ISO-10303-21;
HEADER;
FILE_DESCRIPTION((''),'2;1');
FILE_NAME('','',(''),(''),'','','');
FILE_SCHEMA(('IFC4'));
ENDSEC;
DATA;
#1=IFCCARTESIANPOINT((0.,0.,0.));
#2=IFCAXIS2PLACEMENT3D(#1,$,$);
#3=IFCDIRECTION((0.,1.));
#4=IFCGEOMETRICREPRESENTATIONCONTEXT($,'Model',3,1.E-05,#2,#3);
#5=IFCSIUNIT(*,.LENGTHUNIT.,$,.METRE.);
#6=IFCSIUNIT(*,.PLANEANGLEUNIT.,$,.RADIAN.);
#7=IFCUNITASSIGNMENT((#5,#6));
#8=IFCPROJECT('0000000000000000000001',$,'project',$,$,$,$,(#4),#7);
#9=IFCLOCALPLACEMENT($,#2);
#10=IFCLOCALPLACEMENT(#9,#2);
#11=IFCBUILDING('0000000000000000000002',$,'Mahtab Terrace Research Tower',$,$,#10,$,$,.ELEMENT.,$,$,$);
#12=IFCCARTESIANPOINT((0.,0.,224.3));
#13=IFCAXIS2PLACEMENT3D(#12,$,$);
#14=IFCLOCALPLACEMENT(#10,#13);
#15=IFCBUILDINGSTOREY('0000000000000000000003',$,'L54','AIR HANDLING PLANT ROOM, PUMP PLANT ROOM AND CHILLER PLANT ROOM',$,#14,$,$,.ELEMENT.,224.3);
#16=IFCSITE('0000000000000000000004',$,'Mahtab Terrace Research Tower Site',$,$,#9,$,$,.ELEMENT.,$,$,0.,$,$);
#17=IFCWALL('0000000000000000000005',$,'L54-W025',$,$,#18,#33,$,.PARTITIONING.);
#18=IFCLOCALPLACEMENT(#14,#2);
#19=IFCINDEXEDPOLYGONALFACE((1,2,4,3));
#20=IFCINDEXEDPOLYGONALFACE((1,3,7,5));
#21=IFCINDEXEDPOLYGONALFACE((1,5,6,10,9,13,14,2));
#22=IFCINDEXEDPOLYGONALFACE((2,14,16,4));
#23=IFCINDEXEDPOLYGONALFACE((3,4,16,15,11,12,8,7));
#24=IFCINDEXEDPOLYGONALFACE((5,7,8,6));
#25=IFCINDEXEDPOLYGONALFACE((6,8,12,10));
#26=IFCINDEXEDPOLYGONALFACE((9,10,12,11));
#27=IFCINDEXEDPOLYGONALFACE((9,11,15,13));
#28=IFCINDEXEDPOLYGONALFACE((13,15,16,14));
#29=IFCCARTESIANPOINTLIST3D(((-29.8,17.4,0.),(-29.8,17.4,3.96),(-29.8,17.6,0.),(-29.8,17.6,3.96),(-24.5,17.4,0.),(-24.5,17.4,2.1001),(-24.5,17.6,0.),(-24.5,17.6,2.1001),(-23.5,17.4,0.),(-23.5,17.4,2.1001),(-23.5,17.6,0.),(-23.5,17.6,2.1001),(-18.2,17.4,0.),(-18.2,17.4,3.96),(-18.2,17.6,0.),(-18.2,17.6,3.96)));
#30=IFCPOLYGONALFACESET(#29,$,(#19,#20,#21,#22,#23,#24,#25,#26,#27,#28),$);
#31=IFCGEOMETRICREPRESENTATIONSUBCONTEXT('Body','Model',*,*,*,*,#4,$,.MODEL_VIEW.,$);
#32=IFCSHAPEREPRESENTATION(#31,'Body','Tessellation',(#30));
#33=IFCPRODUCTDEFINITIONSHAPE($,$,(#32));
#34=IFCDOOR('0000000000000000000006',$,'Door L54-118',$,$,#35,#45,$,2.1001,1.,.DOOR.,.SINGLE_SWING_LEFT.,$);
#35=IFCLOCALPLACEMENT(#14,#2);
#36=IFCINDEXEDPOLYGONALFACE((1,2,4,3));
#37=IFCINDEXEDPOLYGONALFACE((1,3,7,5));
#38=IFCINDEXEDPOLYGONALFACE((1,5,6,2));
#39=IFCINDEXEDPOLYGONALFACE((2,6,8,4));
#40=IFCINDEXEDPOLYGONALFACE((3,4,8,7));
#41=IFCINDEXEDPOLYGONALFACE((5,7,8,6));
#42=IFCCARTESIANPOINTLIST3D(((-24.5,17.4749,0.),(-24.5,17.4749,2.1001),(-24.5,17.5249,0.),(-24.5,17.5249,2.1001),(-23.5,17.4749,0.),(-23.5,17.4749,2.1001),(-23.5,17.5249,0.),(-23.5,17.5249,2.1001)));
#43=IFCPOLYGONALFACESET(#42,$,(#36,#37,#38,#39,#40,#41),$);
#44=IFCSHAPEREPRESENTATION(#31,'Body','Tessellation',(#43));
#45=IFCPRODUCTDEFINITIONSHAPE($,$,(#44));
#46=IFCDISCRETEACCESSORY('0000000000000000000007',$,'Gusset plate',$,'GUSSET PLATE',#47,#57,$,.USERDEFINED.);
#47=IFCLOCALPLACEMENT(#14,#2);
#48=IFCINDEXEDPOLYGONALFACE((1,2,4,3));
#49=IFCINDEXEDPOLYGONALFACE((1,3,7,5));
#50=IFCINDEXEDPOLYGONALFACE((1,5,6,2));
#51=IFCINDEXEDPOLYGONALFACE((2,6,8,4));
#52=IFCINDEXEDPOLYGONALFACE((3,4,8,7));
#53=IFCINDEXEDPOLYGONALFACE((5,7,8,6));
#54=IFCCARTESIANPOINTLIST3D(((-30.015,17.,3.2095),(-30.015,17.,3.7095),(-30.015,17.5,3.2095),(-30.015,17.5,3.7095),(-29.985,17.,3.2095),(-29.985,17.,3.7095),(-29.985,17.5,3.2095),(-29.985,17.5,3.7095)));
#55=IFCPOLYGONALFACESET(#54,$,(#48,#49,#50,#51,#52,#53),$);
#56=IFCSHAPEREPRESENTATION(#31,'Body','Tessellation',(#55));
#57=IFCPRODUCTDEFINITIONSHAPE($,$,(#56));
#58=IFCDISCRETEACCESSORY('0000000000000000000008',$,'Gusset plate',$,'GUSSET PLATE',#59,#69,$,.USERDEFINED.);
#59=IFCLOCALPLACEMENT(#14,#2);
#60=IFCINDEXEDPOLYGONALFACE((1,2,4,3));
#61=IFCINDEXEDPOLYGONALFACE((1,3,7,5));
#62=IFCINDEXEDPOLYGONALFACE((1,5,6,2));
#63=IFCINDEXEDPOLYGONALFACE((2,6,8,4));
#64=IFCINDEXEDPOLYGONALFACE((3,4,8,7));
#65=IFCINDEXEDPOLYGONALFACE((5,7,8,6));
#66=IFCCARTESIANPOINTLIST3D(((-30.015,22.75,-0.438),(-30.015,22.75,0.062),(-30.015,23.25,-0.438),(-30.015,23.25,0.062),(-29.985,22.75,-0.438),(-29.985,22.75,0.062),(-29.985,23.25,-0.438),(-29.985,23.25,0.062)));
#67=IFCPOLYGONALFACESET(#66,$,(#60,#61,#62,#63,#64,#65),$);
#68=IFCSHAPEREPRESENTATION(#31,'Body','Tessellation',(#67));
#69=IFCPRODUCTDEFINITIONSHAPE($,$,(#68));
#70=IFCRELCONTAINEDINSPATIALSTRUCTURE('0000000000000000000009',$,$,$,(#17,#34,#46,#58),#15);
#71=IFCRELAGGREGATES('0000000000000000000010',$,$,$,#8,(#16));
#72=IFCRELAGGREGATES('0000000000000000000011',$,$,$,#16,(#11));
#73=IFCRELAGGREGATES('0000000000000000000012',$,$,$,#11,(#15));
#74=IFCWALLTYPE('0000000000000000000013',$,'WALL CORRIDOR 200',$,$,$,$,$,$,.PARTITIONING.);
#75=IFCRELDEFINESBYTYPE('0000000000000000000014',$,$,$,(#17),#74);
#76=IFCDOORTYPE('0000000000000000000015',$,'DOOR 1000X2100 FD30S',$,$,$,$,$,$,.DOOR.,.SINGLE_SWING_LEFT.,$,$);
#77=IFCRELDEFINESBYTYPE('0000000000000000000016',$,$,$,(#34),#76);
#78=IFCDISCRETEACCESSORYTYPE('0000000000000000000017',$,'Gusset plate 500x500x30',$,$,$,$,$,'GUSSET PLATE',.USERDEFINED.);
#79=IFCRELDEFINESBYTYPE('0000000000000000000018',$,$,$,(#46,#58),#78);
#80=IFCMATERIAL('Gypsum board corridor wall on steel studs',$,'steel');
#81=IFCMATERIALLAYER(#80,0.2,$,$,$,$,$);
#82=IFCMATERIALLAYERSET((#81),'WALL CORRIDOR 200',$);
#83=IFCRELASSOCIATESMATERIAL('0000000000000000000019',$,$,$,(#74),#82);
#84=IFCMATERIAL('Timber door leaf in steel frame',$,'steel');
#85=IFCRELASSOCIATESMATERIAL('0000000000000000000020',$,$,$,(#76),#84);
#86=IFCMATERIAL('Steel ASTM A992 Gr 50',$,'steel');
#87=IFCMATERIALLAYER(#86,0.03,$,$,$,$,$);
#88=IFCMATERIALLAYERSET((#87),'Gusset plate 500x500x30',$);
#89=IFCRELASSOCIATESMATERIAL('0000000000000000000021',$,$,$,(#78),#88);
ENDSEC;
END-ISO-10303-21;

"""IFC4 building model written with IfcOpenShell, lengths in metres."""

from ifc_helpers import new_model, si_unit, direction, frame, frame_2d, origin, origin_2d, place, context, subcontext, project, spatial, rectangle, extrude, material, layer, layer_set, type_object, element, fill, save


model = new_model("IFC4")

# Units and contexts
model_context = context("Model", 3, precision=1e-05, world=origin(), true_north=direction((0.0, 1.0)))
body_context = subcontext(model_context, "Body", "Model", "MODEL_VIEW")
ifc_project = project(units=[si_unit("LENGTHUNIT", "METRE"), si_unit("PLANEANGLEUNIT", "RADIAN")], contexts=[model_context])

# Site, building, storey
site_placement = place(None, origin())
site = spatial("IfcSite", under=ifc_project, at=site_placement, Name="Mahtab Terrace Research Tower Site", CompositionType="ELEMENT", RefElevation=0.0)
building_placement = place(site_placement, origin())
building = spatial("IfcBuilding", under=site, at=building_placement, Name="Mahtab Terrace Research Tower", CompositionType="ELEMENT")
storey_placement = place(building_placement, frame((0.0, 0.0, 224.3)))
storey = spatial("IfcBuildingStorey", under=building, at=storey_placement, Name="L54", Description="AIR HANDLING PLANT ROOM, PUMP PLANT ROOM AND CHILLER PLANT ROOM", CompositionType="ELEMENT", Elevation=224.3)

# Shared definitions
ifc_material_1 = material(Name="Steel ASTM A992 Gr 50", Category="steel")

# Wall, opening, door
ifc_material_2 = material(Name="Gypsum board corridor wall on steel studs", Category="steel")
ifc_layer_1 = layer(ifc_material_2, 0.2)
ifc_layer_set_1 = layer_set([ifc_layer_1], Name="WALL CORRIDOR 200")
wall_type_1 = type_object("IfcWallType", Name="WALL CORRIDOR 200", PredefinedType="PARTITIONING", material=ifc_layer_set_1)
wall_1_placement = place(storey_placement, frame((-29.8, 17.5, 0.0), z_axis=(0.0, 0.0, 1.0), x_axis=(1.0, 0.0, 0.0)))
wall_1 = element("IfcWall", 1, at=wall_1_placement, inside=storey, type_object=wall_type_1, Name="L54-W025", PredefinedType="PARTITIONING", context=body_context, shape_type="SweptSolid", body=[
    extrude(rectangle(XDim=11.6001, YDim=0.2, at=frame_2d((5.8, 0.0))), origin(), (0.0, 0.0, 1.0), 3.96),
])
opening_1_placement = place(wall_1_placement, frame((5.3, 0.0, 0.0)))
opening_1 = element("IfcOpeningElement", 2, at=opening_1_placement, cuts=wall_1, PredefinedType="OPENING", context=body_context, shape_type="SweptSolid", body=[
    extrude(rectangle(XDim=1.0, YDim=2.1001, at=frame_2d((0.5, 1.05))), frame((0.0, 0.1099, 0.0), z_axis=(0.0, -1.0, 0.0), x_axis=(1.0, 0.0, 0.0)), (0.0, 0.0, 1.0), 0.22),
])
ifc_material_3 = material(Name="Timber door leaf in steel frame", Category="steel")
door_type_1 = type_object("IfcDoorType", Name="DOOR 1000X2100 FD30S", OperationType="SINGLE_SWING_LEFT", PredefinedType="DOOR", material=ifc_material_3)
door_1_placement = place(opening_1_placement, origin())
door_1 = element("IfcDoor", 3, at=door_1_placement, inside=storey, type_object=door_type_1, Name="Door L54-118", OperationType="SINGLE_SWING_LEFT", OverallHeight=2.1001, OverallWidth=1.0, PredefinedType="DOOR", context=body_context, shape_type="SweptSolid", body=[
    extrude(rectangle(XDim=1.0, YDim=2.1001, at=frame_2d((0.5, 1.05))), frame((0.0, 0.0249, 0.0), z_axis=(0.0, -1.0, 0.0), x_axis=(1.0, 0.0, 0.0)), (0.0, 0.0, 1.0), 0.05),
])
fill(opening_1, door_1)

# Discrete accessories
ifc_layer_2 = layer(ifc_material_1, 0.03)
ifc_layer_set_2 = layer_set([ifc_layer_2], Name="Gusset plate 500x500x30")
discrete_accessory_type = type_object("IfcDiscreteAccessoryType", Name="Gusset plate 500x500x30", ElementType="GUSSET PLATE", PredefinedType="USERDEFINED", material=ifc_layer_set_2)
for number, where, z_axis, x_axis, name in (
    (4, (-30.0, 17.25, 3.2095), (0.0, 0.0, 1.0), (0.0, 1.0, 0.0), "Gusset plate"),
    (5, (-30.0, 23.0, -0.438), (0.0, 0.0, 1.0), (0.0, 1.0, 0.0), "Gusset plate"),
):
    element("IfcDiscreteAccessory", number, at=place(storey_placement, frame(where, z_axis=z_axis, x_axis=x_axis)), inside=storey, type_object=discrete_accessory_type, Name=name, ObjectType="GUSSET PLATE", PredefinedType="USERDEFINED", context=body_context, shape_type="SweptSolid", body=[
        extrude(rectangle(XDim=0.5, YDim=0.03, at=origin_2d()), origin(), (0.0, 0.0, 1.0), 0.5),
    ])

save(model, "model.ifc")
